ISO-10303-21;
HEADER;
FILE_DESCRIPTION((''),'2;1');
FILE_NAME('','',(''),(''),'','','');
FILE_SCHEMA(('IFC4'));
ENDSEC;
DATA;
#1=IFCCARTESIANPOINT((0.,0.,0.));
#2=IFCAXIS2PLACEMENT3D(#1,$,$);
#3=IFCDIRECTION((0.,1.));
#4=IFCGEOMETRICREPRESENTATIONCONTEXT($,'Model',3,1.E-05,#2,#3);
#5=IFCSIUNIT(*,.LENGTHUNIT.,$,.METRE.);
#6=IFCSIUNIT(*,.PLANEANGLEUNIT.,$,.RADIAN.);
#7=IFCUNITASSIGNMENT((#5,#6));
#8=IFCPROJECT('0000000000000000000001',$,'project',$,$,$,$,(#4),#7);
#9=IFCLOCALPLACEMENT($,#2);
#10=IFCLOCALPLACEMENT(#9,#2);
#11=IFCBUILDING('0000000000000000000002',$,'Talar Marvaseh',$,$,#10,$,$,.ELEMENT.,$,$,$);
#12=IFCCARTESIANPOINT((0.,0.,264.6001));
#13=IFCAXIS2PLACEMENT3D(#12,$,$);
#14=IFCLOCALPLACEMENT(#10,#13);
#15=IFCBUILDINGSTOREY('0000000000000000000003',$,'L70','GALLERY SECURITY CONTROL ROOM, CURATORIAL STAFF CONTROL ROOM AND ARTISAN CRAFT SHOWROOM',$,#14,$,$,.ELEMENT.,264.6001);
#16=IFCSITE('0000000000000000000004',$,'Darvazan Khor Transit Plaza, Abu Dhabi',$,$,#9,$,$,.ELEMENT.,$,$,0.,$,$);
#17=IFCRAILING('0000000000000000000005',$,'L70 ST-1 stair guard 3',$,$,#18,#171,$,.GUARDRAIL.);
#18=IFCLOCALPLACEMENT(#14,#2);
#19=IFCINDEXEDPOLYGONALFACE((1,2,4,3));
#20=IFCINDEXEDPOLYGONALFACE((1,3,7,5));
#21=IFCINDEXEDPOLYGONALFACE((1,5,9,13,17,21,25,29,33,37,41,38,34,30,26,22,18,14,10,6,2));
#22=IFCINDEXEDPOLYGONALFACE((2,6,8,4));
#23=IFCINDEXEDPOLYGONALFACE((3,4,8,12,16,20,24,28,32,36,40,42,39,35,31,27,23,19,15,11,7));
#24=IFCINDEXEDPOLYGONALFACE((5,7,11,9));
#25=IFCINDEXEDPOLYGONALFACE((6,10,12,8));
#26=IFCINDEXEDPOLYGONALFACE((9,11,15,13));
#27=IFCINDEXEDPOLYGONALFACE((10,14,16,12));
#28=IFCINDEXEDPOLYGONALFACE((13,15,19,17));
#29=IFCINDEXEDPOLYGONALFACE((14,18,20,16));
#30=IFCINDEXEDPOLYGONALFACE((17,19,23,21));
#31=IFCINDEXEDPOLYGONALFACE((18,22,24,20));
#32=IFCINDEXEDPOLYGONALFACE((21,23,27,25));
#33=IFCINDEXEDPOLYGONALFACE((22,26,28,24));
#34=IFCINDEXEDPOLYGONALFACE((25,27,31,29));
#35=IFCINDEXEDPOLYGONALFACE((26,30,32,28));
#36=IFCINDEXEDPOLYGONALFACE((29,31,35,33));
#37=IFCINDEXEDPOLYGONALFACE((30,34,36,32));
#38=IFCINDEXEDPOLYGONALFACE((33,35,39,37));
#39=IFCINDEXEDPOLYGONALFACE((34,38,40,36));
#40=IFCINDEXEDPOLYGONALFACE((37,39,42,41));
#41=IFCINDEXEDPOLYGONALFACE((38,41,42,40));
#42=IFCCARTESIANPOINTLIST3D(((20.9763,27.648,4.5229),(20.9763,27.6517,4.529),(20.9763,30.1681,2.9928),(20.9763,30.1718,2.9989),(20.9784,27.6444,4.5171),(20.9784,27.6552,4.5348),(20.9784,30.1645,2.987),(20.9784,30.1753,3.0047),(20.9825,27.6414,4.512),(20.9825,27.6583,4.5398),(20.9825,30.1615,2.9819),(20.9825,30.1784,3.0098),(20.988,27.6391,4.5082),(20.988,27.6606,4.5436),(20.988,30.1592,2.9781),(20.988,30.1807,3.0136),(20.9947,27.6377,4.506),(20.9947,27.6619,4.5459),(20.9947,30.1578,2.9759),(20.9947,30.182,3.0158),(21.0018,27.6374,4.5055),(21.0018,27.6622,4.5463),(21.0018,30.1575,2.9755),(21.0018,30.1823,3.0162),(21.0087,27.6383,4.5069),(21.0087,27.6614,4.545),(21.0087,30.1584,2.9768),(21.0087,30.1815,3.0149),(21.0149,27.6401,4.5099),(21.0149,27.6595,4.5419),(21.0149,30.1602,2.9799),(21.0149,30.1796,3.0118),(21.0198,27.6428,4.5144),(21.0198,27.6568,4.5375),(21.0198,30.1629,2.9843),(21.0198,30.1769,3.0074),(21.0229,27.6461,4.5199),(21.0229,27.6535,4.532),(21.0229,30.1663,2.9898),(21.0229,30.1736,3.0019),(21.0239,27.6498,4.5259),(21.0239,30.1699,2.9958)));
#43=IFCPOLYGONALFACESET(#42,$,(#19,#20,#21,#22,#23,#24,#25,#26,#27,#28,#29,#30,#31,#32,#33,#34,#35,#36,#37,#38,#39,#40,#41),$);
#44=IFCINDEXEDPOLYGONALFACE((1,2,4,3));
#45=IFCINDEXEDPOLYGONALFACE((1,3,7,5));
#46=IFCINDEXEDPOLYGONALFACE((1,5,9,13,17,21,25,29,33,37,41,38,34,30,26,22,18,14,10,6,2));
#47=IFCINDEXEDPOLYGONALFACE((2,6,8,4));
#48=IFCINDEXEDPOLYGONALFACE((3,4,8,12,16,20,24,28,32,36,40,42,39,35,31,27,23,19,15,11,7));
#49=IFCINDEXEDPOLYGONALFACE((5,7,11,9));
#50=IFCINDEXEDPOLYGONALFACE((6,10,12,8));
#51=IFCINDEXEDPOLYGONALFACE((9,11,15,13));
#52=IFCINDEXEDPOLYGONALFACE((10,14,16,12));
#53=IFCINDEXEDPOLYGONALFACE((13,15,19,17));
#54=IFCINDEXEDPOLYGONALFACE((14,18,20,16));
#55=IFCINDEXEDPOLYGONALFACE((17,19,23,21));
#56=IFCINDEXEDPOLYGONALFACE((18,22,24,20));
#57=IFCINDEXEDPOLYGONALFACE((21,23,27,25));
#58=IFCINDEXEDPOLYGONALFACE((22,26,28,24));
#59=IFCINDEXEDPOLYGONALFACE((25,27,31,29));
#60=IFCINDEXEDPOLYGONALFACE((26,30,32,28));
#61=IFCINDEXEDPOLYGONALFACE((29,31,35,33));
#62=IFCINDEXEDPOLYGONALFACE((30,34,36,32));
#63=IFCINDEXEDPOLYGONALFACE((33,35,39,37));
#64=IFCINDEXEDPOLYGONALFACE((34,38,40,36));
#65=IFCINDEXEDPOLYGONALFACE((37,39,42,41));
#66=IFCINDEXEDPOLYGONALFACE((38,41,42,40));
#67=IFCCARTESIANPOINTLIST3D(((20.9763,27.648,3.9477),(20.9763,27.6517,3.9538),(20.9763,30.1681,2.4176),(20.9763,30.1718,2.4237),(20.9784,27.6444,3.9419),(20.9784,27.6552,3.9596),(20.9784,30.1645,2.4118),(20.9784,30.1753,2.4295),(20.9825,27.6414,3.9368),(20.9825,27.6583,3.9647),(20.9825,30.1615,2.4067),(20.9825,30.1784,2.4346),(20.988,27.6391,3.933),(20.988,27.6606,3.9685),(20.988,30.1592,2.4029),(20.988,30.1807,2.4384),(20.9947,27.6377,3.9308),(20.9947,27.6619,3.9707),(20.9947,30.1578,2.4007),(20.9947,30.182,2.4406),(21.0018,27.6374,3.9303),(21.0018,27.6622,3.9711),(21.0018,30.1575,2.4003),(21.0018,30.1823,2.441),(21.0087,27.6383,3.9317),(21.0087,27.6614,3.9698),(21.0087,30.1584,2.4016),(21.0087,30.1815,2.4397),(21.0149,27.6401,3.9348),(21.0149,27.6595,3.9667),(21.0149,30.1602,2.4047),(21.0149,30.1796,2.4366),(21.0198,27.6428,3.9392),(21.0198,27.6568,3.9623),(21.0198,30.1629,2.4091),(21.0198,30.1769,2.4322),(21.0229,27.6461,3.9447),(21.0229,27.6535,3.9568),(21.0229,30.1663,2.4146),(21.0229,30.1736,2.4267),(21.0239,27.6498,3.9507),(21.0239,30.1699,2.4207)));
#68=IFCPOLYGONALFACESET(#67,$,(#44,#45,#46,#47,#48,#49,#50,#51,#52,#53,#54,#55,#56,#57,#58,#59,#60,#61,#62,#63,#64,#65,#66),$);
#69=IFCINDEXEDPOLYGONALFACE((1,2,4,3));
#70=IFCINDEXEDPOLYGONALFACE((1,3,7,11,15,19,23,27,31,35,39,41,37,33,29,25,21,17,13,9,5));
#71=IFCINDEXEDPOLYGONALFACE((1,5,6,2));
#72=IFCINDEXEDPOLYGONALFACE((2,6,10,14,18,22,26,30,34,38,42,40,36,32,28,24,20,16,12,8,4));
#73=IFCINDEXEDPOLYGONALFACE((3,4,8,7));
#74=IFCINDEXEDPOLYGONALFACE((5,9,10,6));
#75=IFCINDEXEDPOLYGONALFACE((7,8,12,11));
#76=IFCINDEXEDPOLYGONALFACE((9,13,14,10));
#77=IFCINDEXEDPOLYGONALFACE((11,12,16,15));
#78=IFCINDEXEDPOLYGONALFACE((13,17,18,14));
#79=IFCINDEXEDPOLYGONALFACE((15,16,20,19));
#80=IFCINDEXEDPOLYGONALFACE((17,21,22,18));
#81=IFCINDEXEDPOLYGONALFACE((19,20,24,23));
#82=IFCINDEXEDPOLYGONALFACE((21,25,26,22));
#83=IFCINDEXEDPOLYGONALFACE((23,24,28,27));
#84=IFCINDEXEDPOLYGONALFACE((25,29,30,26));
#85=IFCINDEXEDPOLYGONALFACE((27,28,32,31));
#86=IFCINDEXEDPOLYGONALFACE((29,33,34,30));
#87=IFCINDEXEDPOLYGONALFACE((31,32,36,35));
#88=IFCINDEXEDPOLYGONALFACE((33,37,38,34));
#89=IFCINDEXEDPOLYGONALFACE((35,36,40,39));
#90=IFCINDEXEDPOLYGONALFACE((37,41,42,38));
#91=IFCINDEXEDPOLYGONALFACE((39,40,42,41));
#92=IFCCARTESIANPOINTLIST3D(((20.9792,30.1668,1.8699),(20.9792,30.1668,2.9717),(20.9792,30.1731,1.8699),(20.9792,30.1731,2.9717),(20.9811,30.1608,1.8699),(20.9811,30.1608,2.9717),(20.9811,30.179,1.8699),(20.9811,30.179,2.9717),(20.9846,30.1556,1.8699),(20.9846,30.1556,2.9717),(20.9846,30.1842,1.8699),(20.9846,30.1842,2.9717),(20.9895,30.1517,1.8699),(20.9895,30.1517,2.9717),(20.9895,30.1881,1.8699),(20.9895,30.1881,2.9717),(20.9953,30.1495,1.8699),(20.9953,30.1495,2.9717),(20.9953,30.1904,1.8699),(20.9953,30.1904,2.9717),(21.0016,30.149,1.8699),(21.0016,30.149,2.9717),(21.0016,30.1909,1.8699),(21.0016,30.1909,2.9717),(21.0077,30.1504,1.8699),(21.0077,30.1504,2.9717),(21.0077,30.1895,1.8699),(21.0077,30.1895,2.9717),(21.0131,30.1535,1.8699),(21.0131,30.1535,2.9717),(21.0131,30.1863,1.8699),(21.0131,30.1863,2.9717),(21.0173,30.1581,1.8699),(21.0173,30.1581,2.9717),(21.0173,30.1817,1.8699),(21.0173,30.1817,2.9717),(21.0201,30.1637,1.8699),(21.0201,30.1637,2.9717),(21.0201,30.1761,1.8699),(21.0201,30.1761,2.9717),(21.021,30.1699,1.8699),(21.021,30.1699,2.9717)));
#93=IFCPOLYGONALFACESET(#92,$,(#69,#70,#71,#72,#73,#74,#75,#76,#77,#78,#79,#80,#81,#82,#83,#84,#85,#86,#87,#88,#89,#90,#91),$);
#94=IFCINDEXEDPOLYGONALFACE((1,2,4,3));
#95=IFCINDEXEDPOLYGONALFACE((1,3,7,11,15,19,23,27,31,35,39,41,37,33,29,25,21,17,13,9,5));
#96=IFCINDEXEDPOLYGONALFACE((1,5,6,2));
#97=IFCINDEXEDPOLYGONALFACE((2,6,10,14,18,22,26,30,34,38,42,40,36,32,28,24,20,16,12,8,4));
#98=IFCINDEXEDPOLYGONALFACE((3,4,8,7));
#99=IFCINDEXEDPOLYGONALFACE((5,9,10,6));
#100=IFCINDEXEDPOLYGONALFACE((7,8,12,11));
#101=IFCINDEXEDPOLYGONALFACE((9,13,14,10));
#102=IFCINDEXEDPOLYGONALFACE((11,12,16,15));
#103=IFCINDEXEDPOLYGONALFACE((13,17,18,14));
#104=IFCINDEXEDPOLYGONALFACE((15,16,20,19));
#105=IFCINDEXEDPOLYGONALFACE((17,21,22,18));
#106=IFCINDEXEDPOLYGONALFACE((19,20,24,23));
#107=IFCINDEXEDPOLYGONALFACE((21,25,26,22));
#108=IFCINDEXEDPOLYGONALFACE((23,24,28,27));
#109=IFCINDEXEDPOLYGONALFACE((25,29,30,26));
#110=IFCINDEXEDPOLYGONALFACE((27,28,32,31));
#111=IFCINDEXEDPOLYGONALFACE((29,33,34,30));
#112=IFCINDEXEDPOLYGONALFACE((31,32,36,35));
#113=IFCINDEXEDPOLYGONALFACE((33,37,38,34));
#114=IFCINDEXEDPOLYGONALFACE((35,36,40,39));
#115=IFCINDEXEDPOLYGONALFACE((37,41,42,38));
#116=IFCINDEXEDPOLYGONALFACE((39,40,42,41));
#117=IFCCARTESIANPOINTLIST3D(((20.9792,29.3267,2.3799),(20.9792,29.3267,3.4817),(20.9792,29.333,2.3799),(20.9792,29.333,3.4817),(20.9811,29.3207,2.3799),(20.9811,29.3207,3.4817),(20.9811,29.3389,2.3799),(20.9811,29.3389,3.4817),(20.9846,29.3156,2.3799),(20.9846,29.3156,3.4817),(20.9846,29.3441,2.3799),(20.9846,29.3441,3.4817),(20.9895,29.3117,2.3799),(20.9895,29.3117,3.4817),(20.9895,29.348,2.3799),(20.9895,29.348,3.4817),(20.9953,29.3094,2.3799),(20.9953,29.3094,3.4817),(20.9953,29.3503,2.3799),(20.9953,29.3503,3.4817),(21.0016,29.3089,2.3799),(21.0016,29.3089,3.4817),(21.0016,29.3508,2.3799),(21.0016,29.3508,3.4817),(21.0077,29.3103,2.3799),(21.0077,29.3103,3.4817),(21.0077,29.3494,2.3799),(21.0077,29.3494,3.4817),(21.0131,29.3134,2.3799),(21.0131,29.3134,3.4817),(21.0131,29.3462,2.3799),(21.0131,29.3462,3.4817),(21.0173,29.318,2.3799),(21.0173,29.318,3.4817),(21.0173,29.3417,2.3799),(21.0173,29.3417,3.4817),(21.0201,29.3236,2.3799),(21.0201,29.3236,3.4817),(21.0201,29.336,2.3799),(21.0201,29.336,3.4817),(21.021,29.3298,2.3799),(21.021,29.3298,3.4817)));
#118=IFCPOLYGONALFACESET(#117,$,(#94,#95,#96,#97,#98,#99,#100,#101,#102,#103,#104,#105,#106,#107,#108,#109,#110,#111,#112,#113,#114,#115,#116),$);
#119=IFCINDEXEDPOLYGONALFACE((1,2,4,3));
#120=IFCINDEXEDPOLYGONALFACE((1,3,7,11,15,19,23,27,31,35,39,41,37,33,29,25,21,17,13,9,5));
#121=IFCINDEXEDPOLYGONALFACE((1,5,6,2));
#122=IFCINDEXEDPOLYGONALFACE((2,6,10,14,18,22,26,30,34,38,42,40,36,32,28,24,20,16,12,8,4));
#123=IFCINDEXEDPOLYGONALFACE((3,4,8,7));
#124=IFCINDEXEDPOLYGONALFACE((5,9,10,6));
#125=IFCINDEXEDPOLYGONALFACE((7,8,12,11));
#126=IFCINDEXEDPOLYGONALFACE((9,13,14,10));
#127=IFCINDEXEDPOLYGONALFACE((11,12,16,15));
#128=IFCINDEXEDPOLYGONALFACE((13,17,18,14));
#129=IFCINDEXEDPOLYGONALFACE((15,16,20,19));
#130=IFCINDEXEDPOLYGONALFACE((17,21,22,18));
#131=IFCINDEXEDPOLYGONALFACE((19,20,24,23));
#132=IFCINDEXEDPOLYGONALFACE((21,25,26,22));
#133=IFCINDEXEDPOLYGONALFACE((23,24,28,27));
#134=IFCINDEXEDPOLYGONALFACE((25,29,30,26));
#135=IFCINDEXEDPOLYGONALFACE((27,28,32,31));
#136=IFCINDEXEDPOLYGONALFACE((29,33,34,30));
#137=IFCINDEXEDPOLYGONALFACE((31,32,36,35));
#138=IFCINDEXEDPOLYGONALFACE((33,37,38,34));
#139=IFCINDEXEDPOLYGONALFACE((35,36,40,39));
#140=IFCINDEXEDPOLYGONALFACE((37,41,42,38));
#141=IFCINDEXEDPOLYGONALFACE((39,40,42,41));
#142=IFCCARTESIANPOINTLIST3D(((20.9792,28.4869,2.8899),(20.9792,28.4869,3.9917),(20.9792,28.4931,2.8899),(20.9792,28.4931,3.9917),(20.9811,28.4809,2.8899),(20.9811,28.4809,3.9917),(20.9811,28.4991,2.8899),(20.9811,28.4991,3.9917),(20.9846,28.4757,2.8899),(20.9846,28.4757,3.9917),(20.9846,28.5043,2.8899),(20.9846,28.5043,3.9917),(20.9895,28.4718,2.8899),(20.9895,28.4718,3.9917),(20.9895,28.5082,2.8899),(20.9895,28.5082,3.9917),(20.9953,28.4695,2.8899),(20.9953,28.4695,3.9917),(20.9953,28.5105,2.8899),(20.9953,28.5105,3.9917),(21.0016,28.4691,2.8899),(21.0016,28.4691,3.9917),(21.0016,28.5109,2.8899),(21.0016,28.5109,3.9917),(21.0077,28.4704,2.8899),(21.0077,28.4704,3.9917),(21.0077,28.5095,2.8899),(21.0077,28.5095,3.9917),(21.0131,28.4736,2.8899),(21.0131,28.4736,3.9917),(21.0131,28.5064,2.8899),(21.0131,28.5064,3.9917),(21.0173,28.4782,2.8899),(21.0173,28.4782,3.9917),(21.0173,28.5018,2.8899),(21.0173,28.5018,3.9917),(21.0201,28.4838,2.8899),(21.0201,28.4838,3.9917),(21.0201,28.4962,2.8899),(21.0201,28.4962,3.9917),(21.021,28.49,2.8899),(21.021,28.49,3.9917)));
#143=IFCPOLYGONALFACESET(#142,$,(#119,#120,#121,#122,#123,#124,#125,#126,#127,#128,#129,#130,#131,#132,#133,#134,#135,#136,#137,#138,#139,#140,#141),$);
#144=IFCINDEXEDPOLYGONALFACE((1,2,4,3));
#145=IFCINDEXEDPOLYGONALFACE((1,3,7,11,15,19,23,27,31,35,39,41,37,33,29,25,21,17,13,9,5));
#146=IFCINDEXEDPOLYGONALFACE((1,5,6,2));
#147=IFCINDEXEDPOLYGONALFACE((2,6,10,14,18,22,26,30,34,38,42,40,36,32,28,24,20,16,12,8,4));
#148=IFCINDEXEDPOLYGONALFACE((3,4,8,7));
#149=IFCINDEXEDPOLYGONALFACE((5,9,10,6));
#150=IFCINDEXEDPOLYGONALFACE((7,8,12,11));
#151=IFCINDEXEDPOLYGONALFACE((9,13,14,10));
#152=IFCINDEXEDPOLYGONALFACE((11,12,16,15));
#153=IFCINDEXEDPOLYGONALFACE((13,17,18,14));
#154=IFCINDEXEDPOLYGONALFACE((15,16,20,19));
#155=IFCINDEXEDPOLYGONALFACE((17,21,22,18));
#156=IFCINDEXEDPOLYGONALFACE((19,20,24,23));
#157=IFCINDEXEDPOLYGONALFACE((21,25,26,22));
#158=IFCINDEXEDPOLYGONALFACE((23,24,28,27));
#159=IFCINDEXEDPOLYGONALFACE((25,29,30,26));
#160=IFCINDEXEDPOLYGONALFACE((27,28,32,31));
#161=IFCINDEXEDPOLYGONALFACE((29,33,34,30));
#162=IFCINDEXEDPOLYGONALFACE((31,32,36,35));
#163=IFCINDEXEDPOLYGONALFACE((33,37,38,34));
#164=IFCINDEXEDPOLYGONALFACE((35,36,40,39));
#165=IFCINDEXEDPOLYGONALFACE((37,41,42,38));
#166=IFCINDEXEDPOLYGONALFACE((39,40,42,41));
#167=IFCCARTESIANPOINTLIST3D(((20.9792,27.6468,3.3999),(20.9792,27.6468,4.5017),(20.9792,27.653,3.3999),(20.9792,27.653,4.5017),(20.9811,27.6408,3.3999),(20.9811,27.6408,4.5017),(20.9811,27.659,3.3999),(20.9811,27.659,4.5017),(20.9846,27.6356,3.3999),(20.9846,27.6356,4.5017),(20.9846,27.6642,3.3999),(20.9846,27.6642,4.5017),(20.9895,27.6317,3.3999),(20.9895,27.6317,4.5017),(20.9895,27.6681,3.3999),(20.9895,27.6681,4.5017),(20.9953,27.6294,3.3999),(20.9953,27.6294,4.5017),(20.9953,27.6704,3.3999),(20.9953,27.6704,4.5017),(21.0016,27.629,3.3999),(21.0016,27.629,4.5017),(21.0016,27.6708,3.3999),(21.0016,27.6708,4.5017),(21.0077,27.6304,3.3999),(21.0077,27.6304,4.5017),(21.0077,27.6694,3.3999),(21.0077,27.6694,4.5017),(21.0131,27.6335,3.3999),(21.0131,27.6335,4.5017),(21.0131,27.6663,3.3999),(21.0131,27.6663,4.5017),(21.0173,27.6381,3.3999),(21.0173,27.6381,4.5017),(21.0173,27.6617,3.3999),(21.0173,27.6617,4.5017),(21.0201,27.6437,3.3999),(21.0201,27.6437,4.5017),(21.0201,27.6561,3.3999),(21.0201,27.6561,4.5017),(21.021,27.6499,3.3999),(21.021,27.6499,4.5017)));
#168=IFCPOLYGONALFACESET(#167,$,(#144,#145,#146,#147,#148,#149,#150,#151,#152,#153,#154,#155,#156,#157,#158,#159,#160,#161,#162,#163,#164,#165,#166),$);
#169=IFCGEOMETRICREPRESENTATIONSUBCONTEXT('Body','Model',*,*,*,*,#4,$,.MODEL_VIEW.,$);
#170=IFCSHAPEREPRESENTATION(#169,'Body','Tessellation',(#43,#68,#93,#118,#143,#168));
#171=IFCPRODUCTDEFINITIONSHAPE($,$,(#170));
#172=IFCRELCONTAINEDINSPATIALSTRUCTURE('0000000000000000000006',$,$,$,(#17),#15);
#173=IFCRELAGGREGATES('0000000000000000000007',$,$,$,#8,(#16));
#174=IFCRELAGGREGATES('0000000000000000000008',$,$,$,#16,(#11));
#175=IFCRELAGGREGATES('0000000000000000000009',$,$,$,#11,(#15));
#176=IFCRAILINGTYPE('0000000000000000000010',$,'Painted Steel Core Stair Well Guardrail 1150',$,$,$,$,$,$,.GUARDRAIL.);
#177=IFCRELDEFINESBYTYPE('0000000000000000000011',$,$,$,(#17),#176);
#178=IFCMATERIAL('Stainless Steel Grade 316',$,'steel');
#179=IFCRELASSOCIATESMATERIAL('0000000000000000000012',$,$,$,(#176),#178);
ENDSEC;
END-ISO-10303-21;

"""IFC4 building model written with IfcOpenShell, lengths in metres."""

from ifc_helpers import new_model, si_unit, direction, frame, origin, origin_2d, place, context, subcontext, project, spatial, circle, extrude, material, type_object, element, save


model = new_model("IFC4")

# Units and contexts
model_context = context("Model", 3, precision=1e-05, world=origin(), true_north=direction((0.0, 1.0)))
body_context = subcontext(model_context, "Body", "Model", "MODEL_VIEW")
ifc_project = project(units=[si_unit("LENGTHUNIT", "METRE"), si_unit("PLANEANGLEUNIT", "RADIAN")], contexts=[model_context])

# Site, building, storey
site_placement = place(None, origin())
site = spatial("IfcSite", under=ifc_project, at=site_placement, Name="Darvazan Khor Transit Plaza, Abu Dhabi", CompositionType="ELEMENT", RefElevation=0.0)
building_placement = place(site_placement, origin())
building = spatial("IfcBuilding", under=site, at=building_placement, Name="Talar Marvaseh", CompositionType="ELEMENT")
storey_placement = place(building_placement, frame((0.0, 0.0, 264.6001)))
storey = spatial("IfcBuildingStorey", under=building, at=storey_placement, Name="L70", Description="GALLERY SECURITY CONTROL ROOM, CURATORIAL STAFF CONTROL ROOM AND ARTISAN CRAFT SHOWROOM", CompositionType="ELEMENT", Elevation=264.6001)

# Railing
ifc_material_1 = material(Name="Stainless Steel Grade 316", Category="steel")
railing_type_1 = type_object("IfcRailingType", Name="Painted Steel Core Stair Well Guardrail 1150", PredefinedType="GUARDRAIL", material=ifc_material_1)
railing_1_placement = place(storey_placement, frame((21.0, 30.1699, 1.8699)))
element("IfcRailing", 1, at=railing_1_placement, inside=storey, type_object=railing_type_1, Name="L70 ST-1 stair guard 3", PredefinedType="GUARDRAIL", context=body_context, shape_type="SweptSolid", body=[
    extrude(circle(Radius=0.0239, at=origin_2d()), frame((0.0, 0.0, 1.126), z_axis=(0.0, -0.854785, 0.518982), x_axis=(1.0, 0.0, 0.0)), (0.0, 0.0, 1.0), 2.9482),
    extrude(circle(Radius=0.0239, at=origin_2d()), frame((0.0, 0.0, 0.5508), z_axis=(0.0, -0.854785, 0.518982), x_axis=(1.0, 0.0, 0.0)), (0.0, 0.0, 1.0), 2.9482),
    extrude(circle(Radius=0.021, at=origin_2d()), origin(), (0.0, 0.0, 1.0), 1.1018),
    extrude(circle(Radius=0.021, at=origin_2d()), frame((0.0, -0.8401, 0.51)), (0.0, 0.0, 1.0), 1.1018),
    extrude(circle(Radius=0.021, at=origin_2d()), frame((0.0, -1.6799, 1.02)), (0.0, 0.0, 1.0), 1.1018),
    extrude(circle(Radius=0.021, at=origin_2d()), frame((0.0, -2.52, 1.53)), (0.0, 0.0, 1.0), 1.1018),
])

save(model, "model.ifc")
